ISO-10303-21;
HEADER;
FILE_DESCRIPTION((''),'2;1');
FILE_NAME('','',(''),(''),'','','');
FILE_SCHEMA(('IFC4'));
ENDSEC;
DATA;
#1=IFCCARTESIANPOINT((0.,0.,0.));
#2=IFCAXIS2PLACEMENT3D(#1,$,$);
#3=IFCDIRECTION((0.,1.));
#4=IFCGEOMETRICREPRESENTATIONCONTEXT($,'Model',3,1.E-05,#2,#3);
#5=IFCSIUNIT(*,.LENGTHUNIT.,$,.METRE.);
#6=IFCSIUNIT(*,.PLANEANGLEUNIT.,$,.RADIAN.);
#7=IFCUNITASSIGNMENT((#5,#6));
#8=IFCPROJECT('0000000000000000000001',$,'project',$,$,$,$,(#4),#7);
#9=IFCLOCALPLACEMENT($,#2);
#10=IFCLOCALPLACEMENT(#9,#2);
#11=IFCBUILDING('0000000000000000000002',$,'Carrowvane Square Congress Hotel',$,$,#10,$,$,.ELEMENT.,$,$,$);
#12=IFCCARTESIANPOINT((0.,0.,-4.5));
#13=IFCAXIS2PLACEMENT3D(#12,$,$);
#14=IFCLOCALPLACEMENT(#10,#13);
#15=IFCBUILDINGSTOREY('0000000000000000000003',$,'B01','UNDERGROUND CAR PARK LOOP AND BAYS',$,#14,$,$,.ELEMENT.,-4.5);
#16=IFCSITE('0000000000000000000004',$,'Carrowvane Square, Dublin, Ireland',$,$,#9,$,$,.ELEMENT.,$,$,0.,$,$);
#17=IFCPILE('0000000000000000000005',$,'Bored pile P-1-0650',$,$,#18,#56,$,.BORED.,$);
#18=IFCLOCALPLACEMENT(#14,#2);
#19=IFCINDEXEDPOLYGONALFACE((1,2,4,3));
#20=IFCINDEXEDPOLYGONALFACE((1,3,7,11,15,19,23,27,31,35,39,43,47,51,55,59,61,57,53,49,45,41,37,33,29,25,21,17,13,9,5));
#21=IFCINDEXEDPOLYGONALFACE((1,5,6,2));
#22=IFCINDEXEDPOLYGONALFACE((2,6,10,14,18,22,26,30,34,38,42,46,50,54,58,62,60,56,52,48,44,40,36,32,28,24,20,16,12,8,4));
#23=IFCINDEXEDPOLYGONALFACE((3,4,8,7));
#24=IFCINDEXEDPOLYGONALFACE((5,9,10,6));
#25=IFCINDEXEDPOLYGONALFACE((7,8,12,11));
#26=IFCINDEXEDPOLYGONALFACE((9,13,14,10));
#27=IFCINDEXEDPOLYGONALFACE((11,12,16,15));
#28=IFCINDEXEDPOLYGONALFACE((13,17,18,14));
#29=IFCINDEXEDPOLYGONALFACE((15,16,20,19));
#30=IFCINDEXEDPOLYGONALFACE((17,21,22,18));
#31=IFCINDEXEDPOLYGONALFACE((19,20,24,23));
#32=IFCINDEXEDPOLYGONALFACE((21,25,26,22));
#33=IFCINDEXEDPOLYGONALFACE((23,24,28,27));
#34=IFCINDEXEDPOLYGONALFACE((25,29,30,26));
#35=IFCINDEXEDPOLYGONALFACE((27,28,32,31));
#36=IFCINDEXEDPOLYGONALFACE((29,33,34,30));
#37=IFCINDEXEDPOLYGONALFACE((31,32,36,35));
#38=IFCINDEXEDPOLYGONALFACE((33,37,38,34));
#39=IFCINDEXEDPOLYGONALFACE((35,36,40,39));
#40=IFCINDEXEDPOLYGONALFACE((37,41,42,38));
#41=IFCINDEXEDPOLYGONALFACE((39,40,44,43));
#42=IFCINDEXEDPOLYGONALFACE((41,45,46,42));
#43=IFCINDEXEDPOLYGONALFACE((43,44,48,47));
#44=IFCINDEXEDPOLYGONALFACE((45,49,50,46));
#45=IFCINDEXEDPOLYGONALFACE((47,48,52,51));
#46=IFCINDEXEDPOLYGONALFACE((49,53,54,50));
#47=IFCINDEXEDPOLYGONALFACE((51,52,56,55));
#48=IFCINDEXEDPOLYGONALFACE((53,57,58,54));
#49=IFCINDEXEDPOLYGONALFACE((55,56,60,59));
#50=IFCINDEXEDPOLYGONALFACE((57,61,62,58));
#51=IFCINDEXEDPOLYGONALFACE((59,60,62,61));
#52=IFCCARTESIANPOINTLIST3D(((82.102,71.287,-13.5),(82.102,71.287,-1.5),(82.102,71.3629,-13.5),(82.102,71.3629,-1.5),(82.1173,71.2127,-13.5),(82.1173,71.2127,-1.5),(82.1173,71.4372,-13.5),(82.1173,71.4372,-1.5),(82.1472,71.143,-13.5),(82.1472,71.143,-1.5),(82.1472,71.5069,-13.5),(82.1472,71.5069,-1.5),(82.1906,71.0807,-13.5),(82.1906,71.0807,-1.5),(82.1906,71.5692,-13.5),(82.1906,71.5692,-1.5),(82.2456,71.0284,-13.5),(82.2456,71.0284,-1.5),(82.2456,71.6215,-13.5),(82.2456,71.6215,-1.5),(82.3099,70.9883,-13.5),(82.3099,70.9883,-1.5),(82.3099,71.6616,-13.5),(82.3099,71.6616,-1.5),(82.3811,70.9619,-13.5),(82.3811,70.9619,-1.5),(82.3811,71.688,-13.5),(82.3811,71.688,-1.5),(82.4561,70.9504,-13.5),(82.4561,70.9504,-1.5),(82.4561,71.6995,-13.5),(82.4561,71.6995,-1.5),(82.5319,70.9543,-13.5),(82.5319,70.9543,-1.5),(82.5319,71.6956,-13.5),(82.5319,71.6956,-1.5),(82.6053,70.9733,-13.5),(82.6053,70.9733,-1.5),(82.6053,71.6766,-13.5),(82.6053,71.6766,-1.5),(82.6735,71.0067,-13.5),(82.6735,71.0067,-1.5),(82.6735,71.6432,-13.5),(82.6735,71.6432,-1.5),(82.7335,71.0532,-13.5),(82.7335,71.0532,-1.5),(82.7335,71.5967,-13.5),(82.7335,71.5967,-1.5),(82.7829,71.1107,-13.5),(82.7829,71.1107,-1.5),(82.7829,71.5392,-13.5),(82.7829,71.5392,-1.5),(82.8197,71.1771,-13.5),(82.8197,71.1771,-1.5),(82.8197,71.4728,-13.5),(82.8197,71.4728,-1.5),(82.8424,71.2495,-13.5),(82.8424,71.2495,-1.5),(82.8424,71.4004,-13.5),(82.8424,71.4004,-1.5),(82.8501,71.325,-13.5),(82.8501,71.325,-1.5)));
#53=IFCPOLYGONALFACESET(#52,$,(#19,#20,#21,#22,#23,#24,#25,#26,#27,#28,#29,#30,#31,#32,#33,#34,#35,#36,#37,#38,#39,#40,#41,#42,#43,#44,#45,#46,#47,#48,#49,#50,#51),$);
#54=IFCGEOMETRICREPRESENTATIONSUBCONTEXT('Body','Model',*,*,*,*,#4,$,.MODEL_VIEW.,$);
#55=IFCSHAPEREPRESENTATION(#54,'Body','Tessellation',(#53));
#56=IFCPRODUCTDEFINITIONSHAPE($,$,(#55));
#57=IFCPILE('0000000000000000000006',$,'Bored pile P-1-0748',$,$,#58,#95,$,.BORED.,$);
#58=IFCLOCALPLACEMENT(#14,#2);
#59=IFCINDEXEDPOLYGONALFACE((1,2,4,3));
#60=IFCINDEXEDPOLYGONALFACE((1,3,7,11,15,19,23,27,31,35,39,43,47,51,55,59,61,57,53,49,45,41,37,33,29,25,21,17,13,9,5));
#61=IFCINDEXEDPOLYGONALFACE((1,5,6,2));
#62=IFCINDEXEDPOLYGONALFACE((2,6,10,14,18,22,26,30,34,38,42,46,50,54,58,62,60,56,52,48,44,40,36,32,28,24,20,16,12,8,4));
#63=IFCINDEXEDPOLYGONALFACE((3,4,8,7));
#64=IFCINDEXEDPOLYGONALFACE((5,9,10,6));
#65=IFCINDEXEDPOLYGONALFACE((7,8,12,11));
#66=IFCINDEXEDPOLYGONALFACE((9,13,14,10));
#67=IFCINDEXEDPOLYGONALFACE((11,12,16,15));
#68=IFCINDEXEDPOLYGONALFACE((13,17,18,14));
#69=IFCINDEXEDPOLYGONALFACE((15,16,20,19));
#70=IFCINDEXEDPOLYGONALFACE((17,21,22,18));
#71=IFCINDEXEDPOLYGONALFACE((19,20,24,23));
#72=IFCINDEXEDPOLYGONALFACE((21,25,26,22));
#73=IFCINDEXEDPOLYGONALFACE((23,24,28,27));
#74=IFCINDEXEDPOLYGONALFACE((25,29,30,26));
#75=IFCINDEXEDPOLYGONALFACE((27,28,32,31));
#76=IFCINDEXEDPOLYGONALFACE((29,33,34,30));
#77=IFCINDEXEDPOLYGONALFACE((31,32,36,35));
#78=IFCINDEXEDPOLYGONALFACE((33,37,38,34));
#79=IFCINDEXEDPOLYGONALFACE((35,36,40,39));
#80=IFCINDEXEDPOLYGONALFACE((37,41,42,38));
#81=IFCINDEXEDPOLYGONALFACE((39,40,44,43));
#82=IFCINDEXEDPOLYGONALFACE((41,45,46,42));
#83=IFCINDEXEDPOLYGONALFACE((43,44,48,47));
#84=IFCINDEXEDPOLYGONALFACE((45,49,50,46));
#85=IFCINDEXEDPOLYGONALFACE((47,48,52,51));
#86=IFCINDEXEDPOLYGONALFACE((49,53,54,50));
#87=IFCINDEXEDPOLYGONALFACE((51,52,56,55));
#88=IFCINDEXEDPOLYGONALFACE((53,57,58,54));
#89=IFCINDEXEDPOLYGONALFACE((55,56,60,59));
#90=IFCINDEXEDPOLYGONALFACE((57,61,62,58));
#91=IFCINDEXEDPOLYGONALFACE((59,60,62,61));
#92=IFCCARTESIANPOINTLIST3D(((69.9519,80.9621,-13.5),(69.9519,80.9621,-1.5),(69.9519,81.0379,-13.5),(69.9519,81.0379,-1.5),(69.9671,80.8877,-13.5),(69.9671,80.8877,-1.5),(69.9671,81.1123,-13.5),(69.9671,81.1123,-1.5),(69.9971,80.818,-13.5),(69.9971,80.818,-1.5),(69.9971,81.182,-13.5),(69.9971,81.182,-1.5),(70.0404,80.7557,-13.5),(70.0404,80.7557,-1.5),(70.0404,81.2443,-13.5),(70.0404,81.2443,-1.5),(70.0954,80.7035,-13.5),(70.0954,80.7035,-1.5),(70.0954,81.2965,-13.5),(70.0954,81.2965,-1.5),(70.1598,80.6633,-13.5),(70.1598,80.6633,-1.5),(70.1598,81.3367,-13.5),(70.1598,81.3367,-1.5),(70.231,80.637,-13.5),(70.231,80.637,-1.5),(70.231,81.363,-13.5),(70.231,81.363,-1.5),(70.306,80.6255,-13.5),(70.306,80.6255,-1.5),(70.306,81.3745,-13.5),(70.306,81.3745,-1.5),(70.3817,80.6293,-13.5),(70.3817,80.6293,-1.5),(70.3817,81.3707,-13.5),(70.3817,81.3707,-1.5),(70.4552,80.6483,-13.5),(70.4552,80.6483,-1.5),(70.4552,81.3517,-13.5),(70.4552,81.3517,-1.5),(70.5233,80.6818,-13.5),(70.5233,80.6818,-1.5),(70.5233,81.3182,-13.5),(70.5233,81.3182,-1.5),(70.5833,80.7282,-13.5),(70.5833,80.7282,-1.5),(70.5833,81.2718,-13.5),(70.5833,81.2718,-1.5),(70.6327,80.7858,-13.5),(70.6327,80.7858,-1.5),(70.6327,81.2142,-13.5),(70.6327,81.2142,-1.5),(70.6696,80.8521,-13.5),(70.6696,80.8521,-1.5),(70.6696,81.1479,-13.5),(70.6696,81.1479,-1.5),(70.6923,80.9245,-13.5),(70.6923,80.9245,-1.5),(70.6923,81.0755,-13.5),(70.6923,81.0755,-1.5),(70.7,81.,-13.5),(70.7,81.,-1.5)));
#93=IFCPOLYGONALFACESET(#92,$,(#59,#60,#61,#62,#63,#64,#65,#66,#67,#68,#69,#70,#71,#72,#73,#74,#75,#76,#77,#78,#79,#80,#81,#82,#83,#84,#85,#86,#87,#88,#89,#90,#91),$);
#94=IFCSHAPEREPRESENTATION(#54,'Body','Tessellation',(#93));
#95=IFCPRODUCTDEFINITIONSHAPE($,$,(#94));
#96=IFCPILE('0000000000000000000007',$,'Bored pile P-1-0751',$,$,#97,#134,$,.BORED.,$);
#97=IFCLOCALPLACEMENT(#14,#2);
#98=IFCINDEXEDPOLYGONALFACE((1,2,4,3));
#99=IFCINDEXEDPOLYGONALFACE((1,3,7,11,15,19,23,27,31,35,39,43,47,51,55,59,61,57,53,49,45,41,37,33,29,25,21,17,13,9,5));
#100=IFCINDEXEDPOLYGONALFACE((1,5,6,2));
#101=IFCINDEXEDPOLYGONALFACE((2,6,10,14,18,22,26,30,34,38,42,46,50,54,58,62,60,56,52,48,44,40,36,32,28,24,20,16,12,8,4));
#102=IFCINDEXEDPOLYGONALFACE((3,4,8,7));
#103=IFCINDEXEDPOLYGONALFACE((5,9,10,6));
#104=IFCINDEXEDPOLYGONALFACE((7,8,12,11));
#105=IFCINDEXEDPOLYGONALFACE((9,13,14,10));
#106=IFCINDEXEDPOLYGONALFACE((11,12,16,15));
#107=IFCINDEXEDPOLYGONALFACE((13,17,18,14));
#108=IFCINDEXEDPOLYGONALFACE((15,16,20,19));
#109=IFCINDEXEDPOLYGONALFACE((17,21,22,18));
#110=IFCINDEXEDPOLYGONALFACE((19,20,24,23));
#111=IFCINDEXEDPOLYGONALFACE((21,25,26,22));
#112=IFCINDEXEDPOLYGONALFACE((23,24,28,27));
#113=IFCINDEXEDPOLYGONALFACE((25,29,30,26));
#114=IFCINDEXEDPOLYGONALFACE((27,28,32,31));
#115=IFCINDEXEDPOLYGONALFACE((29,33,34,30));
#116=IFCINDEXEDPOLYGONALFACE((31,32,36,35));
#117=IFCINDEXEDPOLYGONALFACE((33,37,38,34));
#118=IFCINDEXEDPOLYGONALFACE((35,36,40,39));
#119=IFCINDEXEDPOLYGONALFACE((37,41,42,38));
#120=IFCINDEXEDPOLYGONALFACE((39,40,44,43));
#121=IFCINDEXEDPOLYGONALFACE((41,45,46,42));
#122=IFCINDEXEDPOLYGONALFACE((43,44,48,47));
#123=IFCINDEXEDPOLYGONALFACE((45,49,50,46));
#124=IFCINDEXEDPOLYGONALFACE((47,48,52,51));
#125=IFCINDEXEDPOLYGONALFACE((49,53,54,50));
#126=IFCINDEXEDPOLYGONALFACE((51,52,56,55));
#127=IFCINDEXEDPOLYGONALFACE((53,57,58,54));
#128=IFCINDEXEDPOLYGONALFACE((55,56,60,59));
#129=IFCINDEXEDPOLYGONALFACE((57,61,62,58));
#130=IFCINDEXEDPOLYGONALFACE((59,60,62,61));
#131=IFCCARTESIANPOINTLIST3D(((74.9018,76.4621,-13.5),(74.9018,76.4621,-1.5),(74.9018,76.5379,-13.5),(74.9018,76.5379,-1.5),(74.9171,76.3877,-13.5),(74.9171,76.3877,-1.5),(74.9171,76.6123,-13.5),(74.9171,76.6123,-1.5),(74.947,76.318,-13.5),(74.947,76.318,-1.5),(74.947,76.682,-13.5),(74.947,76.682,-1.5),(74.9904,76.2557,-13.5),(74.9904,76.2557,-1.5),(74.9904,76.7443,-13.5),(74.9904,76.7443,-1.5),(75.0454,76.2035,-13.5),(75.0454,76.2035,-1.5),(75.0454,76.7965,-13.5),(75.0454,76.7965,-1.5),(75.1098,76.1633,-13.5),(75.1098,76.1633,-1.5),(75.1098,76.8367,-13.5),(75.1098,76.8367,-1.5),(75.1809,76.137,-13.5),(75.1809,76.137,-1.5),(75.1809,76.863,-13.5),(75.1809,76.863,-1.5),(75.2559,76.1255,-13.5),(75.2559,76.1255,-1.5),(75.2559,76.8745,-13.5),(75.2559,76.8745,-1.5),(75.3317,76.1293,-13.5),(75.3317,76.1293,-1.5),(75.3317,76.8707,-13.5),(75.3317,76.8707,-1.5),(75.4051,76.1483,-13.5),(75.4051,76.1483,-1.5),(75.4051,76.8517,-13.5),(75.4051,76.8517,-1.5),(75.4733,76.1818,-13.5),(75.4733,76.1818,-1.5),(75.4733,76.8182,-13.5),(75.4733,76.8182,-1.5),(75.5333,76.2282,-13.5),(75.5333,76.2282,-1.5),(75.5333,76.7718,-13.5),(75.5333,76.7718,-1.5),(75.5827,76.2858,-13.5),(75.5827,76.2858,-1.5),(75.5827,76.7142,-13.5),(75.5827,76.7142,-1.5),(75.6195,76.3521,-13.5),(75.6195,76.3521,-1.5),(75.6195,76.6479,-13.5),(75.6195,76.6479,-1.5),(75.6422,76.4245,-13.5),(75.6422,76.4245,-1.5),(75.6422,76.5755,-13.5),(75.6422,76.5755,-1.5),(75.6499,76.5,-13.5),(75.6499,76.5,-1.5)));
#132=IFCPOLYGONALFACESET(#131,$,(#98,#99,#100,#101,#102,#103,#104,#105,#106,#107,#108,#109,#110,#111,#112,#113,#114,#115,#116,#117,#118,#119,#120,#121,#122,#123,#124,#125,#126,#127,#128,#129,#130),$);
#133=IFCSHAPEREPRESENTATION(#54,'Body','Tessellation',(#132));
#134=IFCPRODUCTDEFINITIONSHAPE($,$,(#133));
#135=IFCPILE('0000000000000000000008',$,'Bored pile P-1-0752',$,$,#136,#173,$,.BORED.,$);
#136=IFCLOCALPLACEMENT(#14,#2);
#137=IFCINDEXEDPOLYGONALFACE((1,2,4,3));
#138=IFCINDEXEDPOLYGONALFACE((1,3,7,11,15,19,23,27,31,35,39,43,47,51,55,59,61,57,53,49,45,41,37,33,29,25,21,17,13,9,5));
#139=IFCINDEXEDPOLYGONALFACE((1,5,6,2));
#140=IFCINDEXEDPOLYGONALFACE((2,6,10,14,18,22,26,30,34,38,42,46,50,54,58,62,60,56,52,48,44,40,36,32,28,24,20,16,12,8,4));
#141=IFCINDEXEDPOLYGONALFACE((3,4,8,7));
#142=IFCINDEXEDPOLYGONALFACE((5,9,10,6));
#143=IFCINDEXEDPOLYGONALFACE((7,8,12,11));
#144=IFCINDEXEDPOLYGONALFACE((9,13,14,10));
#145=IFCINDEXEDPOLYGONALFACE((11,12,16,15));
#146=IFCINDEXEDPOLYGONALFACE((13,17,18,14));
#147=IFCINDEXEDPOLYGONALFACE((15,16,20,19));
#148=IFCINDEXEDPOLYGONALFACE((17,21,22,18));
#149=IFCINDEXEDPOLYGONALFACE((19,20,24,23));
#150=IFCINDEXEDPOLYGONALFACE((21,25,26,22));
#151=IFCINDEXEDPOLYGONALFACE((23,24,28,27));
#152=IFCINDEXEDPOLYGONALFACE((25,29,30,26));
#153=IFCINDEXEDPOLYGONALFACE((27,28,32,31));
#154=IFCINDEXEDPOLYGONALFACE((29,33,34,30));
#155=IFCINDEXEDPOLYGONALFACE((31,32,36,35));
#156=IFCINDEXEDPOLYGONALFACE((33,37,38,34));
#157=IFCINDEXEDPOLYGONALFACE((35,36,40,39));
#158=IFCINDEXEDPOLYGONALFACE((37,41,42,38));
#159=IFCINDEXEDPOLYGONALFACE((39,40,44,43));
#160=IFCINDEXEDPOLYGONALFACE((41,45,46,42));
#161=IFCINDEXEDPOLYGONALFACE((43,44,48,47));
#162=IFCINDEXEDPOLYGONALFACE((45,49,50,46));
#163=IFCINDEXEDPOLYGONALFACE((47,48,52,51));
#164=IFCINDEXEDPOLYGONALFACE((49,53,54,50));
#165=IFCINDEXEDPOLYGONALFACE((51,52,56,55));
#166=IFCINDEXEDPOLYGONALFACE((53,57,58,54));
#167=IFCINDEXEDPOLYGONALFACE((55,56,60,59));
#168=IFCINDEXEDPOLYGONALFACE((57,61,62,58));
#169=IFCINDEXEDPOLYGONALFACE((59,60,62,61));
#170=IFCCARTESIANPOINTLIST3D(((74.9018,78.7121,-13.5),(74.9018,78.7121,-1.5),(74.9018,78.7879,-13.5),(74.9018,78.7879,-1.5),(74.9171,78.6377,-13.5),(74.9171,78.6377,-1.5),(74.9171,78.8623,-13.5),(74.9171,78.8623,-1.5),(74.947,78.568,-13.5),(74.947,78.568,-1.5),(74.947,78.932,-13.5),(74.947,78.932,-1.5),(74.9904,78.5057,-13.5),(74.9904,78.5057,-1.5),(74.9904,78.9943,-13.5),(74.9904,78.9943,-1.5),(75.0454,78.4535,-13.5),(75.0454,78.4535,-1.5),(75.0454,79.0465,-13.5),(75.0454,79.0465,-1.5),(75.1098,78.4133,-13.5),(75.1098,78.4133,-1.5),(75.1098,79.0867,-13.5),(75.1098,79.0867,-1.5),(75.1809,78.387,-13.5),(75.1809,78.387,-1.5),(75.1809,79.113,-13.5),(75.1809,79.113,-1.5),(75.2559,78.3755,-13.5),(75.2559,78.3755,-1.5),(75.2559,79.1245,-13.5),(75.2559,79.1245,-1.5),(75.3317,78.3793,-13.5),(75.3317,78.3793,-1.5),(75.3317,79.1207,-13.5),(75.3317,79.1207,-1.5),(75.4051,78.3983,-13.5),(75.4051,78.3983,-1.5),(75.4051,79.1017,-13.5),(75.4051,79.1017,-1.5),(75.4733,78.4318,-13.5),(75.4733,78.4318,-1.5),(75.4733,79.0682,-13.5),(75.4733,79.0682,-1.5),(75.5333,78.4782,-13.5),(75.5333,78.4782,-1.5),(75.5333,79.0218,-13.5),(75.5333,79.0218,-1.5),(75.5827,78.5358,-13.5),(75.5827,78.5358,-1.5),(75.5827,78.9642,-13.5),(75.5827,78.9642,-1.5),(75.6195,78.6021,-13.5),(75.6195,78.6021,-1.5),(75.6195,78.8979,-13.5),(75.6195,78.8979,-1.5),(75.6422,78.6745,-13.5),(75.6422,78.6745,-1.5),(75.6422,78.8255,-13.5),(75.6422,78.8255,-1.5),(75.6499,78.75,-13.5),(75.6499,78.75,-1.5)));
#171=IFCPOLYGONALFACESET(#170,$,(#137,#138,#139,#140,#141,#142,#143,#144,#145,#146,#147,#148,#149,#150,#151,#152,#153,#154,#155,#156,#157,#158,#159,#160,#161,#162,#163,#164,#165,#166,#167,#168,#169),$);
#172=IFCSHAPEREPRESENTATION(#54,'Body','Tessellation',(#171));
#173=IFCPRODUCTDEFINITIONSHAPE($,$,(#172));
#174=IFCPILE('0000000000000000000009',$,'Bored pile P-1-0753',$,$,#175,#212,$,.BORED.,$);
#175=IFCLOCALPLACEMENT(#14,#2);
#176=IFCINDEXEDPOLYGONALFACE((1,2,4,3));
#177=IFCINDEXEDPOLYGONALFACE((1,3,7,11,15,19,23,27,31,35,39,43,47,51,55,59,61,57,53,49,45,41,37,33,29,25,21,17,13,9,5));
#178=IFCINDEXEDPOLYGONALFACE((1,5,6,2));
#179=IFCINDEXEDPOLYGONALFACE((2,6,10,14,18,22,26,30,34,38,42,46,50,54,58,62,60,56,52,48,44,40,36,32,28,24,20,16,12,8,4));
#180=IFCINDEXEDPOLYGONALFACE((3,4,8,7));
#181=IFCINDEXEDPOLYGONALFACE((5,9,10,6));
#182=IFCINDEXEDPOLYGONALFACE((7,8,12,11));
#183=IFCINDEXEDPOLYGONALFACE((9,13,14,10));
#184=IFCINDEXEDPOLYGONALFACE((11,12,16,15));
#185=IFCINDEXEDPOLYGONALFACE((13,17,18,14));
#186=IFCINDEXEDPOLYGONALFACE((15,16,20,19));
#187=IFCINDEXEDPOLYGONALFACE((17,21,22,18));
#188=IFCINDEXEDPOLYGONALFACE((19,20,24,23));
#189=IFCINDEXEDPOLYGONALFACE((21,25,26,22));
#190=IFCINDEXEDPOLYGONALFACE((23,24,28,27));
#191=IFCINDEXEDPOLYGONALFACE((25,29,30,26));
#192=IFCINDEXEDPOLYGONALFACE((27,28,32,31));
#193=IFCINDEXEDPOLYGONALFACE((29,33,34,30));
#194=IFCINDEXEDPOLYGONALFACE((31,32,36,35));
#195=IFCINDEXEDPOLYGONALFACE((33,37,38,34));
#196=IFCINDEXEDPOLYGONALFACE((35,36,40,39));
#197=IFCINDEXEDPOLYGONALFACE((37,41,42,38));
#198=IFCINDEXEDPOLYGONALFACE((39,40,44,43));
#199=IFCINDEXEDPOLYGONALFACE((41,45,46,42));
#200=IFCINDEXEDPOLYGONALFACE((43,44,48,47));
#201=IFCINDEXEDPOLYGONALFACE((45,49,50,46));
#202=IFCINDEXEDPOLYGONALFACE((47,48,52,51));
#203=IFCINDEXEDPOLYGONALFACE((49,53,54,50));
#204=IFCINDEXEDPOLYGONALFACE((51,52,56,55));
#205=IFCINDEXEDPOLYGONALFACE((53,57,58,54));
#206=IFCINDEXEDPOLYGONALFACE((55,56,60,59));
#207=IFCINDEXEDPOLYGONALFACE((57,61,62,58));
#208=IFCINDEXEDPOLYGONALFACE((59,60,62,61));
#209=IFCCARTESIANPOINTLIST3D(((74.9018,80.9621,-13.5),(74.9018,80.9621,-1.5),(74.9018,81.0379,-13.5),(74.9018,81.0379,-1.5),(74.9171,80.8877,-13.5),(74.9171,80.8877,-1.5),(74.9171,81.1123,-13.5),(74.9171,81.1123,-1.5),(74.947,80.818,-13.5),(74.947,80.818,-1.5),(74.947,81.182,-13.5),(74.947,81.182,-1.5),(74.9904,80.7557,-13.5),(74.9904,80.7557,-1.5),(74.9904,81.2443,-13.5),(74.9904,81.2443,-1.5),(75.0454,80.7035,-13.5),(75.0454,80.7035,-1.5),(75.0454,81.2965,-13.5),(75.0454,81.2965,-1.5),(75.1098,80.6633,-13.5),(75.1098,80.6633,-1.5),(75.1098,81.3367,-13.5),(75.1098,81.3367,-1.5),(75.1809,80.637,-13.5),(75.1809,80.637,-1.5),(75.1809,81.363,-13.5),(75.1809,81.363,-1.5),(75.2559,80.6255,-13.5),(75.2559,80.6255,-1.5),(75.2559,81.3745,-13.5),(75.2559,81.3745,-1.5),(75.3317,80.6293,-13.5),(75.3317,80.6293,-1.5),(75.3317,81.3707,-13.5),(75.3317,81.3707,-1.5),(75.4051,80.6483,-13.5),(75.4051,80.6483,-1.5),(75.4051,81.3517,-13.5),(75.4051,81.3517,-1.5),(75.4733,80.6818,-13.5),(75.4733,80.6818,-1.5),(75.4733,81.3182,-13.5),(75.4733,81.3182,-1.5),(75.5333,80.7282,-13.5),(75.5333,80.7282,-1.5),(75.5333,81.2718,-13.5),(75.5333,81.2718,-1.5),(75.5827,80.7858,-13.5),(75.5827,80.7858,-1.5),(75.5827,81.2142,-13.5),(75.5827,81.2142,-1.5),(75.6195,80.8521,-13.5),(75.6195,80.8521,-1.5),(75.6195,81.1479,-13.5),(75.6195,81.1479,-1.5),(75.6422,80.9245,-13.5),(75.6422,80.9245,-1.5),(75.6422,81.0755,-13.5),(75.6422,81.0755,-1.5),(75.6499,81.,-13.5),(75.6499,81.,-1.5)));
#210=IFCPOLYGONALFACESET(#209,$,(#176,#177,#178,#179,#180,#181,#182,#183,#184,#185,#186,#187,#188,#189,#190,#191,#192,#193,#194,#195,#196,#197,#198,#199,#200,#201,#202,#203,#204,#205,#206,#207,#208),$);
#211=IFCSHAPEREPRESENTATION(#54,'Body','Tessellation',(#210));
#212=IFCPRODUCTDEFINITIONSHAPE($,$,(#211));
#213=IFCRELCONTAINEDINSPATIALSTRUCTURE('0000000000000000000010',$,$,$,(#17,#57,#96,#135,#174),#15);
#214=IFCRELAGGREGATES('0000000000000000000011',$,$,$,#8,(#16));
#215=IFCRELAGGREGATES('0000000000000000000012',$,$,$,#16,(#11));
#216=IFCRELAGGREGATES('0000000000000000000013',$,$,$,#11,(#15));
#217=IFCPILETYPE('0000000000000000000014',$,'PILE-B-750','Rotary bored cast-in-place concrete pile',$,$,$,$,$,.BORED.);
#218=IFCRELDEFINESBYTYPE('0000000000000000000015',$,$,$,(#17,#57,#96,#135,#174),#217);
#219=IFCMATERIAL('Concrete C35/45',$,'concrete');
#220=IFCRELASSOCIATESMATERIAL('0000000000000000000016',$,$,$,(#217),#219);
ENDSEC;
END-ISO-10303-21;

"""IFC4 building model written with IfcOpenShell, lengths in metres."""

from ifc_helpers import new_model, si_unit, direction, frame, origin, origin_2d, place, context, subcontext, project, spatial, circle, extrude, material, material_profile, profile_set, type_object, element, save


model = new_model("IFC4")

# Units and contexts
model_context = context("Model", 3, precision=1e-05, world=origin(), true_north=direction((0.0, 1.0)))
body_context = subcontext(model_context, "Body", "Model", "MODEL_VIEW")
ifc_project = project(units=[si_unit("LENGTHUNIT", "METRE"), si_unit("PLANEANGLEUNIT", "RADIAN")], contexts=[model_context])

# Site, building, storey
site_placement = place(None, origin())
site = spatial("IfcSite", under=ifc_project, at=site_placement, Name="Carrowvane Square, Dublin, Ireland", CompositionType="ELEMENT", RefElevation=0.0)
building_placement = place(site_placement, origin())
building = spatial("IfcBuilding", under=site, at=building_placement, Name="Carrowvane Square Congress Hotel", CompositionType="ELEMENT")
storey_placement = place(building_placement, frame((0.0, 0.0, -4.5)))
storey = spatial("IfcBuildingStorey", under=building, at=storey_placement, Name="B01", Description="UNDERGROUND CAR PARK LOOP AND BAYS", CompositionType="ELEMENT", Elevation=-4.5)

# Piles
ifc_material_1 = material(Name="Concrete C35/45", Category="concrete")
ifc_material_profile_1 = material_profile(ifc_material_1, circle(Radius=0.375, at=origin_2d()), Name="PILE D750")
ifc_profile_set_1 = profile_set([ifc_material_profile_1], Name="Concrete C35/45")
pile_type = type_object("IfcPileType", Name="PILE-B-750", Description="Rotary bored cast-in-place concrete pile", PredefinedType="BORED", material=ifc_profile_set_1)
for number, where, z_axis, x_axis, name in (
    (1, (82.4751, 71.325, -1.5), (0.0, 0.0, -1.0), (1.0, 0.0, 0.0), "Bored pile P-1-0650"),
    (2, (70.325, 81.0, -1.5), (0.0, 0.0, -1.0), (1.0, 0.0, 0.0), "Bored pile P-1-0748"),
    (3, (75.2749, 76.5, -1.5), (0.0, 0.0, -1.0), (1.0, 0.0, 0.0), "Bored pile P-1-0751"),
    (4, (75.2749, 78.75, -1.5), (0.0, 0.0, -1.0), (1.0, 0.0, 0.0), "Bored pile P-1-0752"),
    (5, (75.2749, 81.0, -1.5), (0.0, 0.0, -1.0), (1.0, 0.0, 0.0), "Bored pile P-1-0753"),
):
    element("IfcPile", number, at=place(storey_placement, frame(where, z_axis=z_axis, x_axis=x_axis)), inside=storey, type_object=pile_type, Name=name, PredefinedType="BORED", context=body_context, shape_type="SweptSolid", body=[
        extrude(circle(Radius=0.375, at=origin_2d()), origin(), (0.0, 0.0, 1.0), 12.0),
    ])

save(model, "model.ifc")
